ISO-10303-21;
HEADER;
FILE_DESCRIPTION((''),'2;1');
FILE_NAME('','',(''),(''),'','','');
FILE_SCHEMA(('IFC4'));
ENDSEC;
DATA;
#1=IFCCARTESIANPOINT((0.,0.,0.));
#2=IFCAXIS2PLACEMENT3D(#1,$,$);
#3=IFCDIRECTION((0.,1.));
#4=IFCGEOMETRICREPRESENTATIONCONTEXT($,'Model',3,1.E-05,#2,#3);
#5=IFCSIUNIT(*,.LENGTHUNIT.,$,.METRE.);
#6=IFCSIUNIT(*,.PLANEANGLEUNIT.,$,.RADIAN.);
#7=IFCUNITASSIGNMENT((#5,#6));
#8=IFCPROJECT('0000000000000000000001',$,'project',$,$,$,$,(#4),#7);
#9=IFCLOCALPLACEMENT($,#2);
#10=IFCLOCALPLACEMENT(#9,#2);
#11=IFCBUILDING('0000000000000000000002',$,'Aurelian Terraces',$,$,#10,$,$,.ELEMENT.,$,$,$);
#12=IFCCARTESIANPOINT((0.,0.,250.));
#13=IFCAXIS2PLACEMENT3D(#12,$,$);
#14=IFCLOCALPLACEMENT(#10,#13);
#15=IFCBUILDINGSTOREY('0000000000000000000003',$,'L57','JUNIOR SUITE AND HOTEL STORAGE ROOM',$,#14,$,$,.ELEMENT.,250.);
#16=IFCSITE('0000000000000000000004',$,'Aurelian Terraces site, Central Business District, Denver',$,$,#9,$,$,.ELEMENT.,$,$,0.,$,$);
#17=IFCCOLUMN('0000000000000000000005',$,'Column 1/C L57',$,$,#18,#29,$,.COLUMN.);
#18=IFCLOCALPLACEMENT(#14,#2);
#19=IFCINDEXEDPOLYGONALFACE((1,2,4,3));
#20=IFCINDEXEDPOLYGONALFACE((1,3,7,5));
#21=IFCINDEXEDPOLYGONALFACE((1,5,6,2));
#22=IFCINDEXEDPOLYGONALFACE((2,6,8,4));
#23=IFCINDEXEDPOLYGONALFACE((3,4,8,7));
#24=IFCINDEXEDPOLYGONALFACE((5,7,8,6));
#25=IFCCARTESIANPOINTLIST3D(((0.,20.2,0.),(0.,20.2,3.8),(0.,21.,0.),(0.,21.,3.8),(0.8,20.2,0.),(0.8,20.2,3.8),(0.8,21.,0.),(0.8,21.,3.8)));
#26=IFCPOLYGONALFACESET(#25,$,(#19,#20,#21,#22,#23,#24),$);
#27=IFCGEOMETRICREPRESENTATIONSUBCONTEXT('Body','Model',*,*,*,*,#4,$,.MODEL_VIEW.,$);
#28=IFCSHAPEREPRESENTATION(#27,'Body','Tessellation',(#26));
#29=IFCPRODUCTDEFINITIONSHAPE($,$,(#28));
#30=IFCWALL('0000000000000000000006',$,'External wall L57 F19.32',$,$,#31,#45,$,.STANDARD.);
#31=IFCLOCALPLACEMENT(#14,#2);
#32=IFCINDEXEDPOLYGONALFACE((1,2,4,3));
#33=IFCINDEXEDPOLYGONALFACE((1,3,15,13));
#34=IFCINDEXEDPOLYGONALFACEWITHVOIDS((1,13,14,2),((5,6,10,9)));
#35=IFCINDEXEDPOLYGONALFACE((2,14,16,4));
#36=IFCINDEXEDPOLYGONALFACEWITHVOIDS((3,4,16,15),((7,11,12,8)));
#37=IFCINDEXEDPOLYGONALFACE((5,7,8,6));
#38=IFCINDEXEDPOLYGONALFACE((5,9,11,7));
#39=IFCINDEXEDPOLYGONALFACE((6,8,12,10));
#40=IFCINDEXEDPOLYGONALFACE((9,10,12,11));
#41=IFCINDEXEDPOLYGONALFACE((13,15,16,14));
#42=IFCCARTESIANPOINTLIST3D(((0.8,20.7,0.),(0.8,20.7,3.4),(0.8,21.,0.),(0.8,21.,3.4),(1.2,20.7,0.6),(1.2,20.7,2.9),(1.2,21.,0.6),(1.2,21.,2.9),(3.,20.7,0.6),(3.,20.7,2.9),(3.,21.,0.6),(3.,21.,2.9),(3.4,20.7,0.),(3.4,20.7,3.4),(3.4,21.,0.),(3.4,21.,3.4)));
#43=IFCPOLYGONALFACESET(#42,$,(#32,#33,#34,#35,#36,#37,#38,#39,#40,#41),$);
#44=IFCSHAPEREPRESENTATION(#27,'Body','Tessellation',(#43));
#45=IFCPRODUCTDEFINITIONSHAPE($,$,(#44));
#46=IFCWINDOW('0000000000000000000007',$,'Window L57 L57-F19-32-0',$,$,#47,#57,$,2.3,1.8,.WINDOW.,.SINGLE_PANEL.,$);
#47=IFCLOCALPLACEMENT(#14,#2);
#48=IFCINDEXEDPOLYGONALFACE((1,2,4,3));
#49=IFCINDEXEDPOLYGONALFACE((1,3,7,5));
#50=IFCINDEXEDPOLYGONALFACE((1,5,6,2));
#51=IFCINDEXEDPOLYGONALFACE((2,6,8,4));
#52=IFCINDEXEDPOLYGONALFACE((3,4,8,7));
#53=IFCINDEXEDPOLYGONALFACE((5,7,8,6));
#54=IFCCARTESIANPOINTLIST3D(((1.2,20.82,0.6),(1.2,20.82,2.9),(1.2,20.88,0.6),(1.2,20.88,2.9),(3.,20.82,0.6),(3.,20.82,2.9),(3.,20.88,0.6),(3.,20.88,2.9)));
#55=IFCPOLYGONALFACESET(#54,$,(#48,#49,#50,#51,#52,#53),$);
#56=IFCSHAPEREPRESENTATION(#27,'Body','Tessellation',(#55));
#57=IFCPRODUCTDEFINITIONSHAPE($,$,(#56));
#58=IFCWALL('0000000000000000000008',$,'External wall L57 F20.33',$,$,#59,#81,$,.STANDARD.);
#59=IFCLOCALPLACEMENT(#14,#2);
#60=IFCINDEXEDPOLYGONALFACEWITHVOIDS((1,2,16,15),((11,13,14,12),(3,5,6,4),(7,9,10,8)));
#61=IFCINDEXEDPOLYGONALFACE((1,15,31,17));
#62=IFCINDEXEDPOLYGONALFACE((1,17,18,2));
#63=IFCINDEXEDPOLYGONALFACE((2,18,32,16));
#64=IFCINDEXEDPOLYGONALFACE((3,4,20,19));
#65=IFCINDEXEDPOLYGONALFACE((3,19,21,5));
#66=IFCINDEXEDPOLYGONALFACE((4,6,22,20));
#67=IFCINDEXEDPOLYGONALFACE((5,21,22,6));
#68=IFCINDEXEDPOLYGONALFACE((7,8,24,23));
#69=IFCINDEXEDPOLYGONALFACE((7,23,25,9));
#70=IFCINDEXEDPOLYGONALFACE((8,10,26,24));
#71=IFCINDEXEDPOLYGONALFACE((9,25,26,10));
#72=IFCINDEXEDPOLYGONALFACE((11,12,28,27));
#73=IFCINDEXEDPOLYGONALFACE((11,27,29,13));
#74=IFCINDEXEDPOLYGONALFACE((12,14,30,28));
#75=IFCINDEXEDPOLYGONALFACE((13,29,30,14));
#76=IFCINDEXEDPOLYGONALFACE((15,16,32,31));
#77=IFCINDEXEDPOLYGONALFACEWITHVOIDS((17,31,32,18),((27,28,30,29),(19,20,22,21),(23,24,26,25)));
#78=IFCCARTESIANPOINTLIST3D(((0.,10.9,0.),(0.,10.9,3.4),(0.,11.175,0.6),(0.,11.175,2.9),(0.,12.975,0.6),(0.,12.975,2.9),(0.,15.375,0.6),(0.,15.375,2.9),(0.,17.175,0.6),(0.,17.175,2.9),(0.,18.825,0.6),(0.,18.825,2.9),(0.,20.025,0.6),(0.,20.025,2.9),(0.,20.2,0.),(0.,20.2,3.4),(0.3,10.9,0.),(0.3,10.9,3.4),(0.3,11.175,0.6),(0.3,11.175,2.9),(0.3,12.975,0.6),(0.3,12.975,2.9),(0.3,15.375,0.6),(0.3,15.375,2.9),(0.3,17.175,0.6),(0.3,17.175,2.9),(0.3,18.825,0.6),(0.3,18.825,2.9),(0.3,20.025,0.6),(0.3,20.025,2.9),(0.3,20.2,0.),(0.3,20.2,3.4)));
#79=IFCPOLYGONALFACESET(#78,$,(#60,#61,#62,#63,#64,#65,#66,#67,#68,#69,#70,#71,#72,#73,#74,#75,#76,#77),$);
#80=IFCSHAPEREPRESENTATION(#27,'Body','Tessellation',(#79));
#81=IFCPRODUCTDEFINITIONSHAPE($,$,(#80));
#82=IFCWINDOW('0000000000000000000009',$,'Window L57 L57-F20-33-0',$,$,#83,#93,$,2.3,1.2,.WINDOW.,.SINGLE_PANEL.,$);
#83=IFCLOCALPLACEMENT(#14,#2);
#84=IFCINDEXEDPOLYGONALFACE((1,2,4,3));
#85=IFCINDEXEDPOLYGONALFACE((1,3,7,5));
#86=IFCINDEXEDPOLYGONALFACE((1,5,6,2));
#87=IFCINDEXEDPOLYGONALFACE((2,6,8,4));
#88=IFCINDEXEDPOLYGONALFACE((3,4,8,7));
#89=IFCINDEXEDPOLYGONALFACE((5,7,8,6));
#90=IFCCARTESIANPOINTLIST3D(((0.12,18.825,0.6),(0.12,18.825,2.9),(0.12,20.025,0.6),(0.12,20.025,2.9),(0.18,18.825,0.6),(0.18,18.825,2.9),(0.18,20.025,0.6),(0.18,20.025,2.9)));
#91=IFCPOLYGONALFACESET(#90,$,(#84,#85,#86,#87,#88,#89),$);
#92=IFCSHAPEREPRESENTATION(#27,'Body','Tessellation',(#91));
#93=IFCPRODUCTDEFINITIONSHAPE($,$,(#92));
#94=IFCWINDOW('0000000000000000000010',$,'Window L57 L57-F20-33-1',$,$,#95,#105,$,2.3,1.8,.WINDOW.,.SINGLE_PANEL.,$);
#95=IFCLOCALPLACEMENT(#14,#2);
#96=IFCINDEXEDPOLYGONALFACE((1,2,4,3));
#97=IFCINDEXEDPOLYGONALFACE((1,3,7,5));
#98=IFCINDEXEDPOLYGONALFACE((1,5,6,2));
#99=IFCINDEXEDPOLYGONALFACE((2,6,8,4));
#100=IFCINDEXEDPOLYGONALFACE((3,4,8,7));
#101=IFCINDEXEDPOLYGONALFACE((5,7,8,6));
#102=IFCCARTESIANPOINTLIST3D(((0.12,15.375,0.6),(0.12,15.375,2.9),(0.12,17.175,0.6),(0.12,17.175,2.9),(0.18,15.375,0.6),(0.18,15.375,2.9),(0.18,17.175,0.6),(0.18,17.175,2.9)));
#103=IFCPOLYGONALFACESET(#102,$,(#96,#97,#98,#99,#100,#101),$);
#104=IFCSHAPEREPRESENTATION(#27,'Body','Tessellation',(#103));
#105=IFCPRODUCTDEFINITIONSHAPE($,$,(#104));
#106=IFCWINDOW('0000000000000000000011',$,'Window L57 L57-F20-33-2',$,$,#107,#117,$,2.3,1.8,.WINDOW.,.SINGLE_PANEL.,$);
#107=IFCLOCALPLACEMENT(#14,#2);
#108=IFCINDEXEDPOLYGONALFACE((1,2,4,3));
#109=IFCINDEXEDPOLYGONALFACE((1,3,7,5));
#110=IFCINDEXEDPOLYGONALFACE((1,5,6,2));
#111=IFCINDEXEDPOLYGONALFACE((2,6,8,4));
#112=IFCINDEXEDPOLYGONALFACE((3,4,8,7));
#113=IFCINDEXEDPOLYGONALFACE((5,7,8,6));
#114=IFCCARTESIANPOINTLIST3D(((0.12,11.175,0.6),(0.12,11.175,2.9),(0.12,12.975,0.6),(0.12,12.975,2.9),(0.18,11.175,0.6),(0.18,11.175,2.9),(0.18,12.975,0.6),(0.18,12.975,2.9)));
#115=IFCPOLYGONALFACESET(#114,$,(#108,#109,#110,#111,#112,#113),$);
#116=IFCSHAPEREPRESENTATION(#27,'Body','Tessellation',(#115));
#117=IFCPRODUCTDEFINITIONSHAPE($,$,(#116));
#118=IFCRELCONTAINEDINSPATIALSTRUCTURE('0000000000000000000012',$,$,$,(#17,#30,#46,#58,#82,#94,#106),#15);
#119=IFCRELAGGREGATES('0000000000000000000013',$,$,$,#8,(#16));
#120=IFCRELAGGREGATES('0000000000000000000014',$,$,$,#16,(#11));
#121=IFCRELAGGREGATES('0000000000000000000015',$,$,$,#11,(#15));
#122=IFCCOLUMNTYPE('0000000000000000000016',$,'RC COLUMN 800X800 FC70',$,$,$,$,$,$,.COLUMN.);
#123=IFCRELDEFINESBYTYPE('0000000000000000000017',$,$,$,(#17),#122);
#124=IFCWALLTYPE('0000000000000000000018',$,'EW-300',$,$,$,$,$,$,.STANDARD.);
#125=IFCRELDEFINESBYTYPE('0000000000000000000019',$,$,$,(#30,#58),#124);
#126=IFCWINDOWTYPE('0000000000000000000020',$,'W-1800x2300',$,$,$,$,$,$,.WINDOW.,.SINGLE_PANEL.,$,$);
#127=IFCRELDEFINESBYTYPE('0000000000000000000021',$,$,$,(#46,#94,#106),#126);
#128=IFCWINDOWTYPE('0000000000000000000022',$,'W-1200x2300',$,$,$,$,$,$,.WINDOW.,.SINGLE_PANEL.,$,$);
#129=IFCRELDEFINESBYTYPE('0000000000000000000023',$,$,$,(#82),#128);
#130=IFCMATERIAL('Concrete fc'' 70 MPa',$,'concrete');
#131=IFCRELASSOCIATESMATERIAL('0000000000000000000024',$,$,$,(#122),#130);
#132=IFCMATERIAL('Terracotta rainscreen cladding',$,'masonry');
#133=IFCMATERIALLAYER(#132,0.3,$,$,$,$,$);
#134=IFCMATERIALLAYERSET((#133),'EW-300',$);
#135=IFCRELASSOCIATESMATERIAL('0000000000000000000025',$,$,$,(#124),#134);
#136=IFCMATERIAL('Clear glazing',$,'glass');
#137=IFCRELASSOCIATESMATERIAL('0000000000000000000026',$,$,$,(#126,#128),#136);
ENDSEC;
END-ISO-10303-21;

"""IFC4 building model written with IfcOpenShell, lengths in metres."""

from ifc_helpers import new_model, si_unit, direction, frame, frame_2d, origin, origin_2d, place, context, subcontext, project, spatial, rectangle, extrude, source, transform, mapped, material, layer, layer_set, material_profile, profile_set, type_object, element, fill, save


model = new_model("IFC4")

# Units and contexts
model_context = context("Model", 3, precision=1e-05, world=origin(), true_north=direction((0.0, 1.0)))
body_context = subcontext(model_context, "Body", "Model", "MODEL_VIEW")
ifc_project = project(units=[si_unit("LENGTHUNIT", "METRE"), si_unit("PLANEANGLEUNIT", "RADIAN")], contexts=[model_context])

# Site, building, storey
site_placement = place(None, origin())
site = spatial("IfcSite", under=ifc_project, at=site_placement, Name="Aurelian Terraces site, Central Business District, Denver", CompositionType="ELEMENT", RefElevation=0.0)
building_placement = place(site_placement, origin())
building = spatial("IfcBuilding", under=site, at=building_placement, Name="Aurelian Terraces", CompositionType="ELEMENT")
storey_placement = place(building_placement, frame((0.0, 0.0, 250.0)))
storey = spatial("IfcBuildingStorey", under=building, at=storey_placement, Name="L57", Description="JUNIOR SUITE AND HOTEL STORAGE ROOM", CompositionType="ELEMENT", Elevation=250.0)

# Column
ifc_material_1 = material(Name="Concrete fc' 70 MPa", Category="concrete")
ifc_material_profile = material_profile(ifc_material_1, rectangle(XDim=0.8, YDim=0.8, at=origin_2d()))
ifc_profile_set = profile_set([ifc_material_profile], Name="Concrete fc' 70 MPa")
column_type = type_object("IfcColumnType", Name="RC COLUMN 800X800 FC70", PredefinedType="COLUMN", material=ifc_profile_set)
shared_shape_1 = source(origin(), body_context, "Body", "SweptSolid", [
    extrude(rectangle(XDim=0.8, YDim=0.8, at=origin_2d()), origin(), (0.0, 0.0, 1.0), 3.8),
])
column_placement = place(storey_placement, frame((0.4, 20.6, 0.0), z_axis=(0.0, 0.0, 1.0), x_axis=(1.0, 0.0, 0.0)))
element("IfcColumn", 1, at=column_placement, inside=storey, type_object=column_type, Name="Column 1/C L57", PredefinedType="COLUMN", context=body_context, shape_type="MappedRepresentation", body=[
    mapped(shared_shape_1, transform((0.0, 0.0, 0.0), scale=1.0)),
])

# Wall, opening, window
ifc_material_2 = material(Name="Terracotta rainscreen cladding", Category="masonry")
ifc_layer_1 = layer(ifc_material_2, 0.3)
ifc_layer_set_1 = layer_set([ifc_layer_1], Name="EW-300")
wall_type_1 = type_object("IfcWallType", Name="EW-300", PredefinedType="STANDARD", material=ifc_layer_set_1)
shared_shape_2 = source(origin(), body_context, "Body", "SweptSolid", [
    extrude(rectangle(XDim=2.6, YDim=0.3, at=frame_2d((1.3, 0.0))), origin(), (0.0, 0.0, 1.0), 3.4),
])
wall_1_placement = place(storey_placement, frame((3.4, 20.85, 0.0), z_axis=(0.0, 0.0, 1.0), x_axis=(-1.0, 0.0, 0.0)))
wall_1 = element("IfcWall", 2, at=wall_1_placement, inside=storey, type_object=wall_type_1, Name="External wall L57 F19.32", PredefinedType="STANDARD", context=body_context, shape_type="MappedRepresentation", body=[
    mapped(shared_shape_2, transform((0.0, 0.0, 0.0), scale=1.0)),
])
shared_shape_3 = source(origin(), body_context, "Body", "SweptSolid", [
    extrude(rectangle(XDim=1.8, YDim=2.3, at=frame_2d((0.9, 1.15))), frame((0.0, 0.16, 0.0), z_axis=(0.0, -1.0, 0.0), x_axis=(1.0, 0.0, 0.0)), (0.0, 0.0, 1.0), 0.32),
])
opening_1_placement = place(wall_1_placement, frame((0.4, 0.0, 0.6)))
opening_1 = element("IfcOpeningElement", 3, at=opening_1_placement, cuts=wall_1, PredefinedType="OPENING", context=body_context, shape_type="MappedRepresentation", body=[
    mapped(shared_shape_3, transform((0.0, 0.0, 0.0), scale=1.0)),
])
ifc_material_3 = material(Name="Clear glazing", Category="glass")
window_type_1 = type_object("IfcWindowType", Name="W-1800x2300", PartitioningType="SINGLE_PANEL", PredefinedType="WINDOW", material=ifc_material_3)
shared_shape_4 = source(origin(), body_context, "Body", "SweptSolid", [
    extrude(rectangle(XDim=1.8, YDim=2.3, at=frame_2d((0.9, 1.15))), frame((0.0, 0.03, 0.0), z_axis=(0.0, -1.0, 0.0), x_axis=(1.0, 0.0, 0.0)), (0.0, 0.0, 1.0), 0.06),
])
window_1_placement = place(opening_1_placement, origin())
window_1 = element("IfcWindow", 4, at=window_1_placement, inside=storey, type_object=window_type_1, Name="Window L57 L57-F19-32-0", OverallHeight=2.3, OverallWidth=1.8, PartitioningType="SINGLE_PANEL", PredefinedType="WINDOW", context=body_context, shape_type="MappedRepresentation", body=[
    mapped(shared_shape_4, transform((0.0, 0.0, 0.0), scale=1.0)),
])
fill(opening_1, window_1)

# Wall, openings, windows
shared_shape_5 = source(origin(), body_context, "Body", "SweptSolid", [
    extrude(rectangle(XDim=9.3, YDim=0.3, at=frame_2d((4.65, 0.0))), origin(), (0.0, 0.0, 1.0), 3.4),
])
wall_2_placement = place(storey_placement, frame((0.15, 20.2, 0.0), z_axis=(0.0, 0.0, 1.0), x_axis=(0.0, -1.0, 0.0)))
wall_2 = element("IfcWall", 5, at=wall_2_placement, inside=storey, type_object=wall_type_1, Name="External wall L57 F20.33", PredefinedType="STANDARD", context=body_context, shape_type="MappedRepresentation", body=[
    mapped(shared_shape_5, transform((0.0, 0.0, 0.0), scale=1.0)),
])
shared_shape_6 = source(origin(), body_context, "Body", "SweptSolid", [
    extrude(rectangle(XDim=1.2, YDim=2.3, at=frame_2d((0.6, 1.15))), frame((0.0, 0.16, 0.0), z_axis=(0.0, -1.0, 0.0), x_axis=(1.0, 0.0, 0.0)), (0.0, 0.0, 1.0), 0.32),
])
opening_2_placement = place(wall_2_placement, frame((0.175, 0.0, 0.6)))
opening_2 = element("IfcOpeningElement", 6, at=opening_2_placement, cuts=wall_2, PredefinedType="OPENING", context=body_context, shape_type="MappedRepresentation", body=[
    mapped(shared_shape_6, transform((0.0, 0.0, 0.0), scale=1.0)),
])
opening_3_placement = place(wall_2_placement, frame((3.025, 0.0, 0.6)))
opening_3 = element("IfcOpeningElement", 7, at=opening_3_placement, cuts=wall_2, PredefinedType="OPENING", context=body_context, shape_type="MappedRepresentation", body=[
    mapped(shared_shape_3, transform((0.0, 0.0, 0.0), scale=1.0)),
])
opening_4_placement = place(wall_2_placement, frame((7.225, 0.0, 0.6)))
opening_4 = element("IfcOpeningElement", 8, at=opening_4_placement, cuts=wall_2, PredefinedType="OPENING", context=body_context, shape_type="MappedRepresentation", body=[
    mapped(shared_shape_3, transform((0.0, 0.0, 0.0), scale=1.0)),
])
window_type_2 = type_object("IfcWindowType", Name="W-1200x2300", PartitioningType="SINGLE_PANEL", PredefinedType="WINDOW", material=ifc_material_3)
shared_shape_7 = source(origin(), body_context, "Body", "SweptSolid", [
    extrude(rectangle(XDim=1.2, YDim=2.3, at=frame_2d((0.6, 1.15))), frame((0.0, 0.03, 0.0), z_axis=(0.0, -1.0, 0.0), x_axis=(1.0, 0.0, 0.0)), (0.0, 0.0, 1.0), 0.06),
])
window_2_placement = place(opening_2_placement, origin())
window_2 = element("IfcWindow", 9, at=window_2_placement, inside=storey, type_object=window_type_2, Name="Window L57 L57-F20-33-0", OverallHeight=2.3, OverallWidth=1.2, PartitioningType="SINGLE_PANEL", PredefinedType="WINDOW", context=body_context, shape_type="MappedRepresentation", body=[
    mapped(shared_shape_7, transform((0.0, 0.0, 0.0), scale=1.0)),
])
fill(opening_2, window_2)
window_3_placement = place(opening_3_placement, origin())
window_3 = element("IfcWindow", 10, at=window_3_placement, inside=storey, type_object=window_type_1, Name="Window L57 L57-F20-33-1", OverallHeight=2.3, OverallWidth=1.8, PartitioningType="SINGLE_PANEL", PredefinedType="WINDOW", context=body_context, shape_type="MappedRepresentation", body=[
    mapped(shared_shape_4, transform((0.0, 0.0, 0.0), scale=1.0)),
])
fill(opening_3, window_3)
window_4_placement = place(opening_4_placement, origin())
window_4 = element("IfcWindow", 11, at=window_4_placement, inside=storey, type_object=window_type_1, Name="Window L57 L57-F20-33-2", OverallHeight=2.3, OverallWidth=1.8, PartitioningType="SINGLE_PANEL", PredefinedType="WINDOW", context=body_context, shape_type="MappedRepresentation", body=[
    mapped(shared_shape_4, transform((0.0, 0.0, 0.0), scale=1.0)),
])
fill(opening_4, window_4)

save(model, "model.ifc")
